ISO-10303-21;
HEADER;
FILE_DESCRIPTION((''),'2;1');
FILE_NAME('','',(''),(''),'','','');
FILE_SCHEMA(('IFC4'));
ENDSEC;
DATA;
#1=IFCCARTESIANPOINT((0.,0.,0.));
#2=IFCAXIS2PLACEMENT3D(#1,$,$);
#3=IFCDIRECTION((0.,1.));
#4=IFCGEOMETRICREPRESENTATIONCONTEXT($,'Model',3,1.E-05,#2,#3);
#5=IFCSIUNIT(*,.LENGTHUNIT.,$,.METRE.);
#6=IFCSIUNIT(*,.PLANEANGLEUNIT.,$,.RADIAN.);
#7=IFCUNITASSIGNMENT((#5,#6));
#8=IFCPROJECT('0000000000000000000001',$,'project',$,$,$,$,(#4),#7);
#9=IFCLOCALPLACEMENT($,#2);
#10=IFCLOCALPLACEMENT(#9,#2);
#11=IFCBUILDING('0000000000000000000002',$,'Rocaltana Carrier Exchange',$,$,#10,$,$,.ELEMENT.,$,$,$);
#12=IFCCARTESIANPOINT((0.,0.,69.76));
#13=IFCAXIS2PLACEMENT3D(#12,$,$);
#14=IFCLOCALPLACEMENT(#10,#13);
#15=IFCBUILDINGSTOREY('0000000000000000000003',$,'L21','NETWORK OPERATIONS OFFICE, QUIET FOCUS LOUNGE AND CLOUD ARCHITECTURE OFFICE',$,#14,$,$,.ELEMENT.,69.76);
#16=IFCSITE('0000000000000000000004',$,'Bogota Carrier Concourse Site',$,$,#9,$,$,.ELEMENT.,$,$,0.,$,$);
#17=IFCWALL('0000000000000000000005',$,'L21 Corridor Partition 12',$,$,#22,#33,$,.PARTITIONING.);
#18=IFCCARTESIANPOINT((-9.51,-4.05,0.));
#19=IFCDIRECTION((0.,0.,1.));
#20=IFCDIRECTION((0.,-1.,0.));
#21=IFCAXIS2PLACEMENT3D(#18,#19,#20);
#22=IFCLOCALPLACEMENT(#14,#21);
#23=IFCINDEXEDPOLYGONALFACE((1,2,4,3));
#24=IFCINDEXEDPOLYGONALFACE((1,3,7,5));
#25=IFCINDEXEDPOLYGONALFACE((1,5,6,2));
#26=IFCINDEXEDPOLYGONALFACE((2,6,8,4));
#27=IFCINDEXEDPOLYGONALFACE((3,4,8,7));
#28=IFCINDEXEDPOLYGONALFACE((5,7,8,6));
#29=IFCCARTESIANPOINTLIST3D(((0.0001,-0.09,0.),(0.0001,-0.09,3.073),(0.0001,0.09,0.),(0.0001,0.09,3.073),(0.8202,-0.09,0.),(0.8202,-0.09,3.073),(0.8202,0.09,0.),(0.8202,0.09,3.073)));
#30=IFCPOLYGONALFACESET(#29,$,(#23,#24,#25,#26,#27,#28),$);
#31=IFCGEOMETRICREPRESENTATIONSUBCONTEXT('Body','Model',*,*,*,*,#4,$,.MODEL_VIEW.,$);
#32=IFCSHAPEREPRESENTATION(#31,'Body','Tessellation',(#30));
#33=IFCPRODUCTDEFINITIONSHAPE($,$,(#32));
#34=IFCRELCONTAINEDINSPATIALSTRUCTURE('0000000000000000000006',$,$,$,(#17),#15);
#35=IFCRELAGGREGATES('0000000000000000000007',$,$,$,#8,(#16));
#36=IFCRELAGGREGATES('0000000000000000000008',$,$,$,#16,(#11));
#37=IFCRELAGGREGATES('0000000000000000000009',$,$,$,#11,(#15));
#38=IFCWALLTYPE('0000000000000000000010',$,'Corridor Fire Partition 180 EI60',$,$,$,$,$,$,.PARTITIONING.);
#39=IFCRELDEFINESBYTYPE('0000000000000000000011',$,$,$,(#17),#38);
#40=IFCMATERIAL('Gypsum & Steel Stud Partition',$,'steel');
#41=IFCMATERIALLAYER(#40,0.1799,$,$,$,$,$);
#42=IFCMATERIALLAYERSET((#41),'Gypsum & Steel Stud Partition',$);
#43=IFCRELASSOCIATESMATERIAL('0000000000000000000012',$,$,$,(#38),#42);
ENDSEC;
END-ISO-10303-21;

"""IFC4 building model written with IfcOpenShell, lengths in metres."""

from ifc_helpers import new_model, si_unit, direction, frame, frame_2d, origin, place, context, subcontext, project, spatial, rectangle, extrude, material, layer, layer_set, type_object, element, save


model = new_model("IFC4")

# Units and contexts
model_context = context("Model", 3, precision=1e-05, world=origin(), true_north=direction((0.0, 1.0)))
body_context = subcontext(model_context, "Body", "Model", "MODEL_VIEW")
ifc_project = project(units=[si_unit("LENGTHUNIT", "METRE"), si_unit("PLANEANGLEUNIT", "RADIAN")], contexts=[model_context])

# Site, building, storey
site_placement = place(None, origin())
site = spatial("IfcSite", under=ifc_project, at=site_placement, Name="Bogota Carrier Concourse Site", CompositionType="ELEMENT", RefElevation=0.0)
building_placement = place(site_placement, origin())
building = spatial("IfcBuilding", under=site, at=building_placement, Name="Rocaltana Carrier Exchange", CompositionType="ELEMENT")
storey_placement = place(building_placement, frame((0.0, 0.0, 69.76)))
storey = spatial("IfcBuildingStorey", under=building, at=storey_placement, Name="L21", Description="NETWORK OPERATIONS OFFICE, QUIET FOCUS LOUNGE AND CLOUD ARCHITECTURE OFFICE", CompositionType="ELEMENT", Elevation=69.76)

# Shared definitions
ifc_material_1 = material(Name="Gypsum & Steel Stud Partition", Category="steel")
ifc_layer_1 = layer(ifc_material_1, 0.1799)
ifc_layer_set_1 = layer_set([ifc_layer_1], Name="Gypsum & Steel Stud Partition")
wall_type = type_object("IfcWallType", Name="Corridor Fire Partition 180 EI60", PredefinedType="PARTITIONING", material=ifc_layer_set_1)

# Wall
wall_1_placement = place(storey_placement, frame((-9.51, -4.05, 0.0), z_axis=(0.0, 0.0, 1.0), x_axis=(0.0, -1.0, 0.0)))
element("IfcWall", 1, at=wall_1_placement, inside=storey, type_object=wall_type, Name="L21 Corridor Partition 12", PredefinedType="PARTITIONING", context=body_context, shape_type="SweptSolid", body=[
    extrude(rectangle(XDim=0.8201, YDim=0.1799, at=frame_2d((0.4102, 0.0))), origin(), (0.0, 0.0, 1.0), 3.073),
])

save(model, "model.ifc")
